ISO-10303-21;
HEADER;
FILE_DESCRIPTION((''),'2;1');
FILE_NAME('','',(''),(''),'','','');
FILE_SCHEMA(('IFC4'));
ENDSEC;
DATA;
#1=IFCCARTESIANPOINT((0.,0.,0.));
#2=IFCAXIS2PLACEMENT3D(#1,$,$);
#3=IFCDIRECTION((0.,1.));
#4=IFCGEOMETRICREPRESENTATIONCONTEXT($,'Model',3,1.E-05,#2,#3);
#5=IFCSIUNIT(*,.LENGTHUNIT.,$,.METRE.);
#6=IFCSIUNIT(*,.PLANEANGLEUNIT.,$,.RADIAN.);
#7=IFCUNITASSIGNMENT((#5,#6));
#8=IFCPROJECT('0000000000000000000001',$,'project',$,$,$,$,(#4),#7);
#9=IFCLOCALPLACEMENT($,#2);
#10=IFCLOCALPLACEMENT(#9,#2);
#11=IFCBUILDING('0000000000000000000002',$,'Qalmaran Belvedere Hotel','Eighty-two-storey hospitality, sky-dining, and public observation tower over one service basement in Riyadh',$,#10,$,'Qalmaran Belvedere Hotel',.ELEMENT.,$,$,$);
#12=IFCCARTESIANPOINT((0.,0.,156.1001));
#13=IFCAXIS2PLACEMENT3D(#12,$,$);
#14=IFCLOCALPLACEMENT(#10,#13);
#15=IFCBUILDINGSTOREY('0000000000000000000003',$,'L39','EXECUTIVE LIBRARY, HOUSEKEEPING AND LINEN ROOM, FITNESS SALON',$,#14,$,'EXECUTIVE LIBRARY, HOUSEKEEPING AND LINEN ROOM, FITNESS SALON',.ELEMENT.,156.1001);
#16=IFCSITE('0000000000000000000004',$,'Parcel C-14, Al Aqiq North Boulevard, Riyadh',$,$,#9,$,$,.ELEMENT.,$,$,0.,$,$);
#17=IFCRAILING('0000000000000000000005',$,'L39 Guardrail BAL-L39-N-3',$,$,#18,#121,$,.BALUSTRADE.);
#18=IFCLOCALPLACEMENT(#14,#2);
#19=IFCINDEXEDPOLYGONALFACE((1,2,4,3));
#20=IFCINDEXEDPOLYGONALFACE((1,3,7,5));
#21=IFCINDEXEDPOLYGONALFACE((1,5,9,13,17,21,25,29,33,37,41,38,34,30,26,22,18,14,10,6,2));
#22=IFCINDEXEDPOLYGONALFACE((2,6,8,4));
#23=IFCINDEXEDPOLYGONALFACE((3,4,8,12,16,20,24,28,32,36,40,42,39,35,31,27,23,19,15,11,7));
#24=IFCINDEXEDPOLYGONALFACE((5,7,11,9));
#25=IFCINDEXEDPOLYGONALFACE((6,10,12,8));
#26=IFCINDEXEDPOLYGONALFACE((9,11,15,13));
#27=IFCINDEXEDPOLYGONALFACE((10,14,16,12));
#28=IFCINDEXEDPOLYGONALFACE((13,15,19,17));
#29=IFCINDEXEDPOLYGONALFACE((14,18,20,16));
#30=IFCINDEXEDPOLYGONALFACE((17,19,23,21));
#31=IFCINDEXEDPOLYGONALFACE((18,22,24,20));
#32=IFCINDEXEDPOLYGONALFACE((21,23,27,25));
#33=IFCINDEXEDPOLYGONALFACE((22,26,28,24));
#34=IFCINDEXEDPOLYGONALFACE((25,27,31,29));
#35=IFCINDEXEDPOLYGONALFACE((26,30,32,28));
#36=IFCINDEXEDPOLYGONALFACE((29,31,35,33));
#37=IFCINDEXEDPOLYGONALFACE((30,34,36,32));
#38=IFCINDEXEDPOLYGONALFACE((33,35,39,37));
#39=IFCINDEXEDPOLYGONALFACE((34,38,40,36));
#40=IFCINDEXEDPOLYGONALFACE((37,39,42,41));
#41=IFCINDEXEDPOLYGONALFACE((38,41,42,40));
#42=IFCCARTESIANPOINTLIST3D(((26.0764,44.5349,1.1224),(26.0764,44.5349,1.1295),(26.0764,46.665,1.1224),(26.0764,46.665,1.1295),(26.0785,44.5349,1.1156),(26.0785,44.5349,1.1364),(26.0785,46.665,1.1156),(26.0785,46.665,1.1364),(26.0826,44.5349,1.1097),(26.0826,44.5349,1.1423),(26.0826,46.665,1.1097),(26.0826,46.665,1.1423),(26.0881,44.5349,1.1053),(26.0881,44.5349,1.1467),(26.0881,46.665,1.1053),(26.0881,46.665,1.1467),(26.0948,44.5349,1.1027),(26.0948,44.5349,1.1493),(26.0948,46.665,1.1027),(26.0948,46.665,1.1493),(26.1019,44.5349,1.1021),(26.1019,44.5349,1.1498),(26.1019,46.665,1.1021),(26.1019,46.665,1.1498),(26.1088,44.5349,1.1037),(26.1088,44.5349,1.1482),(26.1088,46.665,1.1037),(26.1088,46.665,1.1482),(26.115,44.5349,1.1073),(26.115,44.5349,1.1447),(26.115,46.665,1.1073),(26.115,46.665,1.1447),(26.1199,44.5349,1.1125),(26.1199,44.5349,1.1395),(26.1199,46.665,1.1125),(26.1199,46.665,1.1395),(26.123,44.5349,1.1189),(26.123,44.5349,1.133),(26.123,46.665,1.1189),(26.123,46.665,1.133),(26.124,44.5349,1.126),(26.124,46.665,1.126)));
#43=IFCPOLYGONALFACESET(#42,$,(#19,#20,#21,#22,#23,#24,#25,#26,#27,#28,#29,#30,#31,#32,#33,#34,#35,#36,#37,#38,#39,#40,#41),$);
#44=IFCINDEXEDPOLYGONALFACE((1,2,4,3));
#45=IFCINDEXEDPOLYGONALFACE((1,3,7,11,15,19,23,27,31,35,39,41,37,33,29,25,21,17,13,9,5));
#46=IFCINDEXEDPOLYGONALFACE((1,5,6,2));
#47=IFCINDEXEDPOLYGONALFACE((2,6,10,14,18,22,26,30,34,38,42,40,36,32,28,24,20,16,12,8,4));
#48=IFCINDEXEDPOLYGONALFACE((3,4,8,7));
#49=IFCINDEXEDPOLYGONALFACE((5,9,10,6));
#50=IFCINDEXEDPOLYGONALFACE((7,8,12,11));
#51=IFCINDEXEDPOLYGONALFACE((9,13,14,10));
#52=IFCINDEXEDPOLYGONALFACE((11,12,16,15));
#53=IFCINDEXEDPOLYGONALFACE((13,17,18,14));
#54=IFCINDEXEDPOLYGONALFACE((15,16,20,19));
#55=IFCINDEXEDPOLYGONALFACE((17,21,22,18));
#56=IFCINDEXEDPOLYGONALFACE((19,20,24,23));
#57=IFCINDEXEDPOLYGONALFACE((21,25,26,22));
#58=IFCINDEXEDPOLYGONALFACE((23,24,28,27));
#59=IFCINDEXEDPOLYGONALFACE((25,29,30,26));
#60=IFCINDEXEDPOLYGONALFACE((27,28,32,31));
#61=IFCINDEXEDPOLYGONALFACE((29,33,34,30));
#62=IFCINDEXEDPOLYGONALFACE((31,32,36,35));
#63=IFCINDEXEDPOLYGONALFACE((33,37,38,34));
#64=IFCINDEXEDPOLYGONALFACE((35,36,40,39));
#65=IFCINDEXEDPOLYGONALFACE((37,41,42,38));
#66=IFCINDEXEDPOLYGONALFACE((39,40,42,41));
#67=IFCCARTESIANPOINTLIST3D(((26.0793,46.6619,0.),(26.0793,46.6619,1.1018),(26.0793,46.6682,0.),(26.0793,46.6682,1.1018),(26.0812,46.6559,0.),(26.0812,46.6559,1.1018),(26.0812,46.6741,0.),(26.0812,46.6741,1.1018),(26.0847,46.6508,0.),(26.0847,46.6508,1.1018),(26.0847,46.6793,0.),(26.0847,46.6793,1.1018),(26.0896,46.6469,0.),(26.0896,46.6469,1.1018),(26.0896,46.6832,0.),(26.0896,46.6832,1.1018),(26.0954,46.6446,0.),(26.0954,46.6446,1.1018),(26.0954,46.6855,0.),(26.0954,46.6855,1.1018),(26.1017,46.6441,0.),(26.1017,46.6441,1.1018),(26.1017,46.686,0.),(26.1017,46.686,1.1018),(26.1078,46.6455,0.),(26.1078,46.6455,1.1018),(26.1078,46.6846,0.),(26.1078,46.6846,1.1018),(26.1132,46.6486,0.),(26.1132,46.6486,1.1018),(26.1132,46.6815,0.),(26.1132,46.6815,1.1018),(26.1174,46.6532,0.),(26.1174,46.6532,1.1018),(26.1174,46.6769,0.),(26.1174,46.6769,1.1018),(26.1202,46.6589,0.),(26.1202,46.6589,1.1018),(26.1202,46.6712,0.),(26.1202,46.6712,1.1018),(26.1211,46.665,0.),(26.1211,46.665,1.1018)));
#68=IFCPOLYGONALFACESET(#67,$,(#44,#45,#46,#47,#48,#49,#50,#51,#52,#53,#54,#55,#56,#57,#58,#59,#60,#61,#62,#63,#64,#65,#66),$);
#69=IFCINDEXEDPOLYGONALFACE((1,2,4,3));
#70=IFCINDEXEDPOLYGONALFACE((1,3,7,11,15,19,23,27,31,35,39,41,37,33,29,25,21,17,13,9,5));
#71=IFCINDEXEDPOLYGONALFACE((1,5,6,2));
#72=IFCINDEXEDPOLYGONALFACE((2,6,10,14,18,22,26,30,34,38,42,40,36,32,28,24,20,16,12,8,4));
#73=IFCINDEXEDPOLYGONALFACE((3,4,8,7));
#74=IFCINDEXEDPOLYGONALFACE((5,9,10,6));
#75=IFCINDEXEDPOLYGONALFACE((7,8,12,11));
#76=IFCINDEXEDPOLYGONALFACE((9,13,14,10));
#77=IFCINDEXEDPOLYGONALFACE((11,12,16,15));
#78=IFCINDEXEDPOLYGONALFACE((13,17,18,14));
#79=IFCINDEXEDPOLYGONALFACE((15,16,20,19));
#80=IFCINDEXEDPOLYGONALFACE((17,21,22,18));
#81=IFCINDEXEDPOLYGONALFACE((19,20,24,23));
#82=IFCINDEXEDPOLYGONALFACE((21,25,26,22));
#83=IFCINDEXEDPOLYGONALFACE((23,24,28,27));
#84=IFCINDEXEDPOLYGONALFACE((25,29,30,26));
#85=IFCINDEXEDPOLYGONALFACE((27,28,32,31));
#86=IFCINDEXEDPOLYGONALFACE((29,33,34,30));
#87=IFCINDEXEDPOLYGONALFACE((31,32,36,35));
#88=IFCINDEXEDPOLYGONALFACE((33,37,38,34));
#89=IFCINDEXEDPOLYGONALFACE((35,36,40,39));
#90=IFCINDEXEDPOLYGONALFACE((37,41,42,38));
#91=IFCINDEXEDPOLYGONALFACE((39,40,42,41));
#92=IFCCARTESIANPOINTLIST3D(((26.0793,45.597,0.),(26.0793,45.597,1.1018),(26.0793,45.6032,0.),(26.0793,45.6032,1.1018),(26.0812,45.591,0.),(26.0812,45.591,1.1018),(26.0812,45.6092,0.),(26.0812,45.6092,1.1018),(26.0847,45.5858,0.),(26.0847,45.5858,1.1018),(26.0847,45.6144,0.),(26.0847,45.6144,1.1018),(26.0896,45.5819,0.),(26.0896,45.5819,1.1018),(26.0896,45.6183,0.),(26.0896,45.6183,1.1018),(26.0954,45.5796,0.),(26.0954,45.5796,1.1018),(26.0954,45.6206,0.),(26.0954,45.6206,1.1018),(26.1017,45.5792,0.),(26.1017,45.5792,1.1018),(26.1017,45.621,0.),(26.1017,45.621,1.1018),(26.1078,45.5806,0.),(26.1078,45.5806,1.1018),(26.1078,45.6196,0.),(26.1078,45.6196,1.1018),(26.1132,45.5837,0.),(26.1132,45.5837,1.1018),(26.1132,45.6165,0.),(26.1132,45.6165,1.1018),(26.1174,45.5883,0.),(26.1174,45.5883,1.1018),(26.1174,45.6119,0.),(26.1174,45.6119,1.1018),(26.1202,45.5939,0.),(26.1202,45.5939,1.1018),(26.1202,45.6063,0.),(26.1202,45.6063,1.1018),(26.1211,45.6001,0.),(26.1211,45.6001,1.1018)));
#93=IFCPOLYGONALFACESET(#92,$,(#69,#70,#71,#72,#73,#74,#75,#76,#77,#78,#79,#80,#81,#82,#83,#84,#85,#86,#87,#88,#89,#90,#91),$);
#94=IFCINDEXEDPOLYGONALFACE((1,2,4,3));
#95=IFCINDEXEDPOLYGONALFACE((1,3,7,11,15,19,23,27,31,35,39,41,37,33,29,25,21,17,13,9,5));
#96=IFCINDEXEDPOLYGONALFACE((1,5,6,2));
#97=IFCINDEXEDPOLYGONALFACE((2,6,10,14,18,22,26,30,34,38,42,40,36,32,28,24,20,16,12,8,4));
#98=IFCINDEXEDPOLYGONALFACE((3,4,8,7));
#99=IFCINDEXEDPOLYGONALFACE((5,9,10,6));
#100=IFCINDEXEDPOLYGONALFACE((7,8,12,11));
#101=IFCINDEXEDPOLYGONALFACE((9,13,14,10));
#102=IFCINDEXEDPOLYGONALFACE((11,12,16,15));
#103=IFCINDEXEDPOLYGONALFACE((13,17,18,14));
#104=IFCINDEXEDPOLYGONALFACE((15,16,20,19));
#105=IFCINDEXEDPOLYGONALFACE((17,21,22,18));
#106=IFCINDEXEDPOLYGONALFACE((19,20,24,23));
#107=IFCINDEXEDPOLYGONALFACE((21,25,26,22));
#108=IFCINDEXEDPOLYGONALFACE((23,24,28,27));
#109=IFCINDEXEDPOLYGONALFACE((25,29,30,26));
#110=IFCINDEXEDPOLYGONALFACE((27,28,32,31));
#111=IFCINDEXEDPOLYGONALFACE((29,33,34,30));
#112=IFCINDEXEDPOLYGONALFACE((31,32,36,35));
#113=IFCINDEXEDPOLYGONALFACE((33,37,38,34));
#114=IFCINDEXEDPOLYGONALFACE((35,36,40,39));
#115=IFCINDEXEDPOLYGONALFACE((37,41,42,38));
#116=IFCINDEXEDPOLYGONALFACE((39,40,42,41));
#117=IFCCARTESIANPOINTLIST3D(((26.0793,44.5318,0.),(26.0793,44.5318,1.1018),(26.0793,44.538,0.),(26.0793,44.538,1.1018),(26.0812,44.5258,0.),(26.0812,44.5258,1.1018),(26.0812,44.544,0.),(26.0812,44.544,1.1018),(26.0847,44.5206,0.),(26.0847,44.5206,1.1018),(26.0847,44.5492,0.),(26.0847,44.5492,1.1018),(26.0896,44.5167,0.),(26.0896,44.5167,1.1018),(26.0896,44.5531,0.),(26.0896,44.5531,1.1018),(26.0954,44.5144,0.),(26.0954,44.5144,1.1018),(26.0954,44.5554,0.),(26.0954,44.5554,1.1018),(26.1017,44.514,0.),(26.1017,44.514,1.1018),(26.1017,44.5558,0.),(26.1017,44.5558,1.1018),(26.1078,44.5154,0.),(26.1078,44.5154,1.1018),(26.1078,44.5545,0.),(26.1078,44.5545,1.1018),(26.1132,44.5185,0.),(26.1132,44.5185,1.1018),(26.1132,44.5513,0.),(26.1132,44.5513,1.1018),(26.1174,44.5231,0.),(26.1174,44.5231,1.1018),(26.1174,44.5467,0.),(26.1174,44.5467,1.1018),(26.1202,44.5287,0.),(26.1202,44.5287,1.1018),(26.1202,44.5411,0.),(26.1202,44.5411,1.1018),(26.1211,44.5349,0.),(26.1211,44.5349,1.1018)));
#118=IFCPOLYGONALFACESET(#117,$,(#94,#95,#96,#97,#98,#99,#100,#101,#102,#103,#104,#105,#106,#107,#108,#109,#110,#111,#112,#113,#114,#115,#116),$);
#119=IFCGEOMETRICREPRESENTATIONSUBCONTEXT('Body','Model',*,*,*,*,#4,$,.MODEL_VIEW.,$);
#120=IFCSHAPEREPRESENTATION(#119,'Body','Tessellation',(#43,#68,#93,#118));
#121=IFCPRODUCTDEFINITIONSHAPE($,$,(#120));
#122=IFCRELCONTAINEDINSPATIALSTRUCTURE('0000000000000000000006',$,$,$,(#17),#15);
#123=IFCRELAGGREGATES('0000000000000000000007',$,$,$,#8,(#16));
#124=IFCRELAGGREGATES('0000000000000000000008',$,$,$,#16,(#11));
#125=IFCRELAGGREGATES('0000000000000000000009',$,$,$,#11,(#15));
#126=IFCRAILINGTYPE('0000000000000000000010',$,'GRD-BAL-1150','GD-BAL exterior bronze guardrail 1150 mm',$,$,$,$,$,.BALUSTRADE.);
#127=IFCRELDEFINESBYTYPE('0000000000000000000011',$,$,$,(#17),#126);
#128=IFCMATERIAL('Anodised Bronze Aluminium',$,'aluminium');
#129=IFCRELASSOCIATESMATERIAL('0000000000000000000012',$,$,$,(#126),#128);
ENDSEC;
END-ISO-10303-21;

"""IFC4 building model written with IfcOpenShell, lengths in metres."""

from ifc_helpers import new_model, si_unit, direction, frame, origin, origin_2d, place, context, subcontext, project, spatial, circle, extrude, material, type_object, element, save


model = new_model("IFC4")

# Units and contexts
model_context = context("Model", 3, precision=1e-05, world=origin(), true_north=direction((0.0, 1.0)))
body_context = subcontext(model_context, "Body", "Model", "MODEL_VIEW")
ifc_project = project(units=[si_unit("LENGTHUNIT", "METRE"), si_unit("PLANEANGLEUNIT", "RADIAN")], contexts=[model_context])

# Site, building, storey
site_placement = place(None, origin())
site = spatial("IfcSite", under=ifc_project, at=site_placement, Name="Parcel C-14, Al Aqiq North Boulevard, Riyadh", CompositionType="ELEMENT", RefElevation=0.0)
building_placement = place(site_placement, origin())
building = spatial("IfcBuilding", under=site, at=building_placement, Name="Qalmaran Belvedere Hotel", Description="Eighty-two-storey hospitality, sky-dining, and public observation tower over one service basement in Riyadh", LongName="Qalmaran Belvedere Hotel", CompositionType="ELEMENT")
storey_placement = place(building_placement, frame((0.0, 0.0, 156.1001)))
storey = spatial("IfcBuildingStorey", under=building, at=storey_placement, Name="L39", Description="EXECUTIVE LIBRARY, HOUSEKEEPING AND LINEN ROOM, FITNESS SALON", LongName="EXECUTIVE LIBRARY, HOUSEKEEPING AND LINEN ROOM, FITNESS SALON", CompositionType="ELEMENT", Elevation=156.1001)

# Shared definitions
ifc_material_1 = material(Name="Anodised Bronze Aluminium", Category="aluminium")

# Railing
railing_type = type_object("IfcRailingType", Name="GRD-BAL-1150", Description="GD-BAL exterior bronze guardrail 1150 mm", PredefinedType="BALUSTRADE", material=ifc_material_1)
railing_1_placement = place(storey_placement, frame((26.1001, 46.665, 0.0)))
element("IfcRailing", 1, at=railing_1_placement, inside=storey, type_object=railing_type, Name="L39 Guardrail BAL-L39-N-3", PredefinedType="BALUSTRADE", context=body_context, shape_type="SweptSolid", body=[
    extrude(circle(Radius=0.0239, at=origin_2d()), frame((0.0, 0.0, 1.126), z_axis=(0.0, -1.0, 0.0), x_axis=(1.0, 0.0, 0.0)), (0.0, 0.0, 1.0), 2.1301),
    extrude(circle(Radius=0.021, at=origin_2d()), origin(), (0.0, 0.0, 1.0), 1.1018),
    extrude(circle(Radius=0.021, at=origin_2d()), frame((0.0, -1.0649, 0.0)), (0.0, 0.0, 1.0), 1.1018),
    extrude(circle(Radius=0.021, at=origin_2d()), frame((0.0, -2.1301, 0.0)), (0.0, 0.0, 1.0), 1.1018),
])

save(model, "model.ifc")
